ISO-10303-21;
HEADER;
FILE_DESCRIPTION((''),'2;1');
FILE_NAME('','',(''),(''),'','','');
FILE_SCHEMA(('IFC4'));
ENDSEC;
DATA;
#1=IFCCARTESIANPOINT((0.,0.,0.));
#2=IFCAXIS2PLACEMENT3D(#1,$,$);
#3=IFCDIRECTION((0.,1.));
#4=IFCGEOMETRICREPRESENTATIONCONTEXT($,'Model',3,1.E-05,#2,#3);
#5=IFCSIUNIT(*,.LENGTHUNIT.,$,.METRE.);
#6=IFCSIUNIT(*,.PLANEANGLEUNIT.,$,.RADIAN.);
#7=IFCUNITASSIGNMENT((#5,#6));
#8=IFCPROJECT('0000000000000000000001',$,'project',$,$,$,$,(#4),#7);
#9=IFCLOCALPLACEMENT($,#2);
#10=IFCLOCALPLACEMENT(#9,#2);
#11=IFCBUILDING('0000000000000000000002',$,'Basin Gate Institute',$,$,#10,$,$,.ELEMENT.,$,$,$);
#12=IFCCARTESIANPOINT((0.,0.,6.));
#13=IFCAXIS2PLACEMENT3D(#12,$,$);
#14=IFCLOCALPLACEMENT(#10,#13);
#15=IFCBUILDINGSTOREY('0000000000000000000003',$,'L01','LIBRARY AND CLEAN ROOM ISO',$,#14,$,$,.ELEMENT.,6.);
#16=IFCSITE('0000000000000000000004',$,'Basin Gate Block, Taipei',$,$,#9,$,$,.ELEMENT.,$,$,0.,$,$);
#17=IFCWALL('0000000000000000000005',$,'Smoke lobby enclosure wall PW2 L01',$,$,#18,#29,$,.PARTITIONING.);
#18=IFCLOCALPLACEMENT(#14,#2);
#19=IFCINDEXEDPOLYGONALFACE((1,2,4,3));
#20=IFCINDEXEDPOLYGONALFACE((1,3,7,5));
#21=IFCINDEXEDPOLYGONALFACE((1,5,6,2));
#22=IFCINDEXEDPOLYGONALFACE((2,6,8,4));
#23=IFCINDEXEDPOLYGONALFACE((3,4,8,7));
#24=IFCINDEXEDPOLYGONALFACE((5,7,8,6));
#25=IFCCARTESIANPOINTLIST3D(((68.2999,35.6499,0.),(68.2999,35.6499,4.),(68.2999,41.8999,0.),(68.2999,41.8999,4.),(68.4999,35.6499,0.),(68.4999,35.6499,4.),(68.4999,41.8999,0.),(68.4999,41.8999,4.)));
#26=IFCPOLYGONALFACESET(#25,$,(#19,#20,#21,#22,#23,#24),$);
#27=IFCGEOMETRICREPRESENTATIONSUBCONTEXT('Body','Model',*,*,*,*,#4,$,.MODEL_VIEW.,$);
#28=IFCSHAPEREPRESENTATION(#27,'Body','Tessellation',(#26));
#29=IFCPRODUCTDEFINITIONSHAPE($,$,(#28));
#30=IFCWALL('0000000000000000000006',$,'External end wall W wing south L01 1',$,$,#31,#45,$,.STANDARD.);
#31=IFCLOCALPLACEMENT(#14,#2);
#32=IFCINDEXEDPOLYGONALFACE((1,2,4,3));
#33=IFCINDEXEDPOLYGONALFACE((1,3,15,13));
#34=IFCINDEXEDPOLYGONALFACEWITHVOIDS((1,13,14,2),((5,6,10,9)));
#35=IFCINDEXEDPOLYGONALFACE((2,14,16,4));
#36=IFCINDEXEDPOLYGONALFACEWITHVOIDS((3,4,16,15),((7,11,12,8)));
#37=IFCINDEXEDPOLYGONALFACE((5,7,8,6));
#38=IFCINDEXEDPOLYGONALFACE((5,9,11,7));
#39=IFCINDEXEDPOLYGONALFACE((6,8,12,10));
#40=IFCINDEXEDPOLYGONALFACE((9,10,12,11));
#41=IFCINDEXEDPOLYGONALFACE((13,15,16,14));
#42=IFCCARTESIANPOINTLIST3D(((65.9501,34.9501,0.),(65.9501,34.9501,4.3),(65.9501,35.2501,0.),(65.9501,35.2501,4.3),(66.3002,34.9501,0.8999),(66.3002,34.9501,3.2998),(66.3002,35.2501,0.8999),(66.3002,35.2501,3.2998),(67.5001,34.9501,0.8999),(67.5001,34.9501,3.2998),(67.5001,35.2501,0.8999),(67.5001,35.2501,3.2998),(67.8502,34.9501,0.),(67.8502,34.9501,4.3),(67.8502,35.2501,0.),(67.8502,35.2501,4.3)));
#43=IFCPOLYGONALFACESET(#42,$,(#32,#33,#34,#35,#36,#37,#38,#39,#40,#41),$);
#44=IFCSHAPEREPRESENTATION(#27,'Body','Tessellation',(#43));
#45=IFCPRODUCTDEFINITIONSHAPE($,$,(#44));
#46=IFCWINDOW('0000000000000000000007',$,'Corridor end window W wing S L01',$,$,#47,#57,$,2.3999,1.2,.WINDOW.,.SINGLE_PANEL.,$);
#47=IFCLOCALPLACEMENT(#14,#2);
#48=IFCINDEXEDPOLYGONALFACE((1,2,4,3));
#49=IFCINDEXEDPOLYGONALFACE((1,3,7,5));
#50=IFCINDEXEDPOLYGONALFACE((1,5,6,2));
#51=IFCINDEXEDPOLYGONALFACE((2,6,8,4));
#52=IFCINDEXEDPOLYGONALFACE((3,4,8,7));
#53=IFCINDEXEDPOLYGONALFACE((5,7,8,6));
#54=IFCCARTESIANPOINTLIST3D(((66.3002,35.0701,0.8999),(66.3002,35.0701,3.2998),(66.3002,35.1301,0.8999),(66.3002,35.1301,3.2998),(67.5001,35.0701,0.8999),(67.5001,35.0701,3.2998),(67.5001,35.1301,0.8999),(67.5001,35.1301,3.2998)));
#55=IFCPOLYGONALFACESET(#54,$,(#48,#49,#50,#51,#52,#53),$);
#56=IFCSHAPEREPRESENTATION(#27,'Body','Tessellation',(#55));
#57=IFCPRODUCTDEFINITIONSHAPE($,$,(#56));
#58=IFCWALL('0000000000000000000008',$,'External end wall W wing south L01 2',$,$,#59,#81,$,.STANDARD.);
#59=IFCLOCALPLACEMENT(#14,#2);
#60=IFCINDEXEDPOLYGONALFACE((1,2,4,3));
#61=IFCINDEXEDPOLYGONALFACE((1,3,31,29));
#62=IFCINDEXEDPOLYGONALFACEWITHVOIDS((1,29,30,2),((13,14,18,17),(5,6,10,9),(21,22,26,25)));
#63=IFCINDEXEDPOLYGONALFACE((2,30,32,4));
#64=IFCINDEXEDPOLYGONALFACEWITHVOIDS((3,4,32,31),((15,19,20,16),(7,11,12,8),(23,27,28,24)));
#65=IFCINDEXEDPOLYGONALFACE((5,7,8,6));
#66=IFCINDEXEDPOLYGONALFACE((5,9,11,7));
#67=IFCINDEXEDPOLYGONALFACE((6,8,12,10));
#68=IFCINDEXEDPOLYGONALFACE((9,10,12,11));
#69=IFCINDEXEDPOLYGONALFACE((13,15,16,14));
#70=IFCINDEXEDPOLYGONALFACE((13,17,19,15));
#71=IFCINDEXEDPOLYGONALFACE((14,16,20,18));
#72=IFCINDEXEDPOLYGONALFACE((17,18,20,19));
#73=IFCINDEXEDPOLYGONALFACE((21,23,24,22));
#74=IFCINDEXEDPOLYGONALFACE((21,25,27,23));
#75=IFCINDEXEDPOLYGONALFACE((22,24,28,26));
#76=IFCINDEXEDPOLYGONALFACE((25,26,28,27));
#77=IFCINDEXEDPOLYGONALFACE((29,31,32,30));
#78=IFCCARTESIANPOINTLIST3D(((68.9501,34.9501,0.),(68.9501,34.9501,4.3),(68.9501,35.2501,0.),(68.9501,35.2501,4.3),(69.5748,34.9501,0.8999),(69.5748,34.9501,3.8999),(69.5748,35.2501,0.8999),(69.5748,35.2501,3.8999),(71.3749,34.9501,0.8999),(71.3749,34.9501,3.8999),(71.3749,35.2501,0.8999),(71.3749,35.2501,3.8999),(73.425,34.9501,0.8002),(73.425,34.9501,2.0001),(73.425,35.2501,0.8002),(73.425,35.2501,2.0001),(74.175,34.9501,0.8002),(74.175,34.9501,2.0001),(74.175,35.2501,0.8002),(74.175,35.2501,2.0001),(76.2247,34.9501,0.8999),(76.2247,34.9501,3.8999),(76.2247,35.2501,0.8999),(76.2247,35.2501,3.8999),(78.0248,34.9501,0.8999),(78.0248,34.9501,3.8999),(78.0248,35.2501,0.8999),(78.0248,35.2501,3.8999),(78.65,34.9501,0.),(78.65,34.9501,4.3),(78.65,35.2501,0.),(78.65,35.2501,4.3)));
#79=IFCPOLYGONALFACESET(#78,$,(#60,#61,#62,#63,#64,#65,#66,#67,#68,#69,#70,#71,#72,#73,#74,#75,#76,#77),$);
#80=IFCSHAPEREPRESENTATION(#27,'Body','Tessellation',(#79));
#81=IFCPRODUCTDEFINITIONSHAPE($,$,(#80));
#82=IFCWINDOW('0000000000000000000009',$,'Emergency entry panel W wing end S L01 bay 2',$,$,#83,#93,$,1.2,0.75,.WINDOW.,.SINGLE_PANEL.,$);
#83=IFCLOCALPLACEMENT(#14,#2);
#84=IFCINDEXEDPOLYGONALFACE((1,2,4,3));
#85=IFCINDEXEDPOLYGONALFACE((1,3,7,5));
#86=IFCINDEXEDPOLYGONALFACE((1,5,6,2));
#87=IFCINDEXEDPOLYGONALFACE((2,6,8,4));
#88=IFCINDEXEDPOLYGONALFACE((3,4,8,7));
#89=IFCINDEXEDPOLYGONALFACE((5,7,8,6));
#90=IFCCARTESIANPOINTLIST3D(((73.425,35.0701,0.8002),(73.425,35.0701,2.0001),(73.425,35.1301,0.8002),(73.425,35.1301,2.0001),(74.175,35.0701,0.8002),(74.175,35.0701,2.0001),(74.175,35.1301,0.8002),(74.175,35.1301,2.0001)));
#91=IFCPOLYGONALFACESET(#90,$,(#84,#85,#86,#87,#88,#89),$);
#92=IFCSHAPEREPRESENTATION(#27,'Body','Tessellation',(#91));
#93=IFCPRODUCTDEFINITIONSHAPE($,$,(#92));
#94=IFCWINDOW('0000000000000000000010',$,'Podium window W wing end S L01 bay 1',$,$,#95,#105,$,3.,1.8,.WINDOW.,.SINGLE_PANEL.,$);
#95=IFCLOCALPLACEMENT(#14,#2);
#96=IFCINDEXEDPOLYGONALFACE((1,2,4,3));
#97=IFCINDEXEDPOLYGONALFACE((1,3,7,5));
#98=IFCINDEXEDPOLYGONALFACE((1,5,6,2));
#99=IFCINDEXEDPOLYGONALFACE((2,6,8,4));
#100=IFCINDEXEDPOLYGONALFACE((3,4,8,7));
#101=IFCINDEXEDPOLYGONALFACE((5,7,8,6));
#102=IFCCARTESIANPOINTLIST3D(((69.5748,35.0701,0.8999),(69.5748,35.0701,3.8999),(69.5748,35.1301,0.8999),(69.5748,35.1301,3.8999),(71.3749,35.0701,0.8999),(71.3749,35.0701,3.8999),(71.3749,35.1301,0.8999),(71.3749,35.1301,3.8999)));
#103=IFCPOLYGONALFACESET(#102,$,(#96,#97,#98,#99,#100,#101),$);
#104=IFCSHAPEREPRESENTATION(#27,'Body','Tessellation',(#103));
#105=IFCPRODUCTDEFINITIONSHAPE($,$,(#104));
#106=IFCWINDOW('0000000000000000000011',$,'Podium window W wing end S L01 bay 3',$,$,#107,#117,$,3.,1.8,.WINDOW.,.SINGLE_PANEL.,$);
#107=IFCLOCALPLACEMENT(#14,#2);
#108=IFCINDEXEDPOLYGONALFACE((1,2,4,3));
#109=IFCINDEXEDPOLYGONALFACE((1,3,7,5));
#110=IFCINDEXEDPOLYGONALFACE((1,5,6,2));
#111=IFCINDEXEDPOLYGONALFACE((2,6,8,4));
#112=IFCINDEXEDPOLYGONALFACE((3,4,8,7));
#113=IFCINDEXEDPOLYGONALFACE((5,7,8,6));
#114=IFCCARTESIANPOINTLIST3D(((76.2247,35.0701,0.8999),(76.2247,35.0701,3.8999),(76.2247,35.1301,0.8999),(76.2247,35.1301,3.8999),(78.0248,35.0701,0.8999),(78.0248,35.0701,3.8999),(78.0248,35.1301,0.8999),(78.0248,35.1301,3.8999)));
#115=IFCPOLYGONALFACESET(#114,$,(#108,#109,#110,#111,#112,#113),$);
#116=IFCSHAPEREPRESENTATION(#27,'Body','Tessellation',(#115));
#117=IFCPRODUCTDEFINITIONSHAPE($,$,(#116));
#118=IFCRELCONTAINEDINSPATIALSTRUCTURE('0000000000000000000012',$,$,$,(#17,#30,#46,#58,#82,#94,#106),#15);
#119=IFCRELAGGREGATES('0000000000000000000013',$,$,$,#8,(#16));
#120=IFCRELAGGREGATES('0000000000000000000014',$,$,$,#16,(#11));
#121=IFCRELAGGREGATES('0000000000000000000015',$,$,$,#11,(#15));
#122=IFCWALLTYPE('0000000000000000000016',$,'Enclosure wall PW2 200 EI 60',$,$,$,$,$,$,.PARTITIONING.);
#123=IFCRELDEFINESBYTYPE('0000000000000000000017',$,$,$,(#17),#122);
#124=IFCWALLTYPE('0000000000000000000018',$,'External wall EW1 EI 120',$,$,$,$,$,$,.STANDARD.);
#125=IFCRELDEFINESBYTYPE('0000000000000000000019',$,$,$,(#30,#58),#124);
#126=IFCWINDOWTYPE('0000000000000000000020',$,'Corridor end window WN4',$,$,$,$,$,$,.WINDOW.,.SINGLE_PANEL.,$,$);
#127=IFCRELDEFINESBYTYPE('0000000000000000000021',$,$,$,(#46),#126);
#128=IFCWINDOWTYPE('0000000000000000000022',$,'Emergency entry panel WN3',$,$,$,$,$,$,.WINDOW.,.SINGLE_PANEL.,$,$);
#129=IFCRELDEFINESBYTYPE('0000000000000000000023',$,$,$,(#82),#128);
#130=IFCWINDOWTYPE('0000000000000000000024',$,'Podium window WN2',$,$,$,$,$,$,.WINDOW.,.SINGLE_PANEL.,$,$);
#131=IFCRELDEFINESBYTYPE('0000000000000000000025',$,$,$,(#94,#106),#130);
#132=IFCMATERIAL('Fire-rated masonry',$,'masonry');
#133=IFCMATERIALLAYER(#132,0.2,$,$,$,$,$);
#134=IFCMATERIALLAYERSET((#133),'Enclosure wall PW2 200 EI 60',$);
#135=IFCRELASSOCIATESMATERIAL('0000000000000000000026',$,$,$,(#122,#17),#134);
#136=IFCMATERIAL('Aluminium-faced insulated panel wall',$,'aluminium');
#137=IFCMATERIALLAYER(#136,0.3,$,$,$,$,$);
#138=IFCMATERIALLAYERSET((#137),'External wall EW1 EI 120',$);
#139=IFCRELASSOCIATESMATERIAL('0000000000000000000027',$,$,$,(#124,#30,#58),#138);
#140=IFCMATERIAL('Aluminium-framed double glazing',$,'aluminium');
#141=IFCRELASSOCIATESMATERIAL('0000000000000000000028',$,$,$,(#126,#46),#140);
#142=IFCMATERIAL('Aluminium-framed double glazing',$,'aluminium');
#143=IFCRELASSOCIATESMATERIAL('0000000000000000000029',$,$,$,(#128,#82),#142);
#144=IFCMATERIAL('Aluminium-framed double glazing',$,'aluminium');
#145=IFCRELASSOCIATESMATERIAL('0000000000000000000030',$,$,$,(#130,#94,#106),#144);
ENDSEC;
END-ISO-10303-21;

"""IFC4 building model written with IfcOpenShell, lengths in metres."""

from ifc_helpers import new_model, si_unit, direction, frame, frame_2d, origin, place, context, subcontext, project, spatial, rectangle, extrude, material, layer, layer_set, type_object, element, fill, save


model = new_model("IFC4")

# Units and contexts
model_context = context("Model", 3, precision=1e-05, world=origin(), true_north=direction((0.0, 1.0)))
body_context = subcontext(model_context, "Body", "Model", "MODEL_VIEW")
ifc_project = project(units=[si_unit("LENGTHUNIT", "METRE"), si_unit("PLANEANGLEUNIT", "RADIAN")], contexts=[model_context])

# Site, building, storey
site_placement = place(None, origin())
site = spatial("IfcSite", under=ifc_project, at=site_placement, Name="Basin Gate Block, Taipei", CompositionType="ELEMENT", RefElevation=0.0)
building_placement = place(site_placement, origin())
building = spatial("IfcBuilding", under=site, at=building_placement, Name="Basin Gate Institute", CompositionType="ELEMENT")
storey_placement = place(building_placement, frame((0.0, 0.0, 6.0)))
storey = spatial("IfcBuildingStorey", under=building, at=storey_placement, Name="L01", Description="LIBRARY AND CLEAN ROOM ISO", CompositionType="ELEMENT", Elevation=6.0)

# Shared definitions
ifc_material_1 = material(Name="Fire-rated masonry", Category="masonry")
ifc_layer_1 = layer(ifc_material_1, 0.2)
ifc_layer_set_1 = layer_set([ifc_layer_1], Name="Enclosure wall PW2 200 EI 60")
wall_type_1 = type_object("IfcWallType", Name="Enclosure wall PW2 200 EI 60", PredefinedType="PARTITIONING", material=ifc_layer_set_1)

# Wall
wall_1_placement = place(storey_placement, frame((68.3999, 35.6499, 0.0), z_axis=(0.0, 0.0, 1.0), x_axis=(0.0, 1.0, 0.0)))
element("IfcWall", 1, at=wall_1_placement, inside=storey, type_object=wall_type_1, material=ifc_layer_set_1, Name="Smoke lobby enclosure wall PW2 L01", PredefinedType="PARTITIONING", context=body_context, shape_type="SweptSolid", body=[
    extrude(rectangle(XDim=6.25, YDim=0.2, at=frame_2d((3.125, 0.0))), origin(), (0.0, 0.0, 1.0), 4.0),
])

# Wall, opening, window
ifc_material_2 = material(Name="Aluminium-faced insulated panel wall", Category="aluminium")
ifc_layer_2 = layer(ifc_material_2, 0.3)
ifc_layer_set_2 = layer_set([ifc_layer_2], Name="External wall EW1 EI 120")
wall_type_2 = type_object("IfcWallType", Name="External wall EW1 EI 120", PredefinedType="STANDARD", material=ifc_layer_set_2)
wall_2_placement = place(storey_placement, frame((65.95, 35.1001, 0.0), z_axis=(0.0, 0.0, 1.0), x_axis=(1.0, 0.0, 0.0)))
wall_2 = element("IfcWall", 2, at=wall_2_placement, inside=storey, type_object=wall_type_2, material=ifc_layer_set_2, Name="External end wall W wing south L01 1", PredefinedType="STANDARD", context=body_context, shape_type="SweptSolid", body=[
    extrude(rectangle(XDim=1.9001, YDim=0.3, at=frame_2d((0.9502, 0.0))), origin(), (0.0, 0.0, 1.0), 4.3),
])
opening_1_placement = place(wall_2_placement, frame((0.3501, 0.0, 0.8999)))
opening_1 = element("IfcOpeningElement", 3, at=opening_1_placement, cuts=wall_2, PredefinedType="OPENING", context=body_context, shape_type="SweptSolid", body=[
    extrude(rectangle(XDim=1.2, YDim=2.3999, at=frame_2d((0.6001, 1.2))), frame((0.0, 0.1602, 0.0), z_axis=(0.0, -1.0, 0.0), x_axis=(1.0, 0.0, 0.0)), (0.0, 0.0, 1.0), 0.3201),
])
ifc_material_3 = material(Name="Aluminium-framed double glazing", Category="aluminium")
window_type_1 = type_object("IfcWindowType", Name="Corridor end window WN4", PartitioningType="SINGLE_PANEL", PredefinedType="WINDOW", material=ifc_material_3)
window_1_placement = place(opening_1_placement, origin())
window_1 = element("IfcWindow", 4, at=window_1_placement, inside=storey, type_object=window_type_1, material=ifc_material_3, Name="Corridor end window W wing S L01", OverallHeight=2.3999, OverallWidth=1.2, PartitioningType="SINGLE_PANEL", PredefinedType="WINDOW", context=body_context, shape_type="SweptSolid", body=[
    extrude(rectangle(XDim=1.2, YDim=2.3999, at=frame_2d((0.6001, 1.2))), frame((0.0, 0.03, 0.0), z_axis=(0.0, -1.0, 0.0), x_axis=(1.0, 0.0, 0.0)), (0.0, 0.0, 1.0), 0.0601),
])
fill(opening_1, window_1)

# Wall, openings, windows
wall_3_placement = place(storey_placement, frame((68.95, 35.1001, 0.0), z_axis=(0.0, 0.0, 1.0), x_axis=(1.0, 0.0, 0.0)))
wall_3 = element("IfcWall", 5, at=wall_3_placement, inside=storey, type_object=wall_type_2, material=ifc_layer_set_2, Name="External end wall W wing south L01 2", PredefinedType="STANDARD", context=body_context, shape_type="SweptSolid", body=[
    extrude(rectangle(XDim=9.7, YDim=0.3, at=frame_2d((4.8501, 0.0))), origin(), (0.0, 0.0, 1.0), 4.3),
])
opening_2_placement = place(wall_3_placement, frame((0.625, 0.0, 0.8999)))
opening_2 = element("IfcOpeningElement", 6, at=opening_2_placement, cuts=wall_3, PredefinedType="OPENING", context=body_context, shape_type="SweptSolid", body=[
    extrude(rectangle(XDim=1.8, YDim=3.0, at=frame_2d((0.8999, 1.5))), frame((0.0, 0.1602, 0.0), z_axis=(0.0, -1.0, 0.0), x_axis=(1.0, 0.0, 0.0)), (0.0, 0.0, 1.0), 0.3201),
])
opening_3_placement = place(wall_3_placement, frame((4.4751, 0.0, 0.8)))
opening_3 = element("IfcOpeningElement", 7, at=opening_3_placement, cuts=wall_3, PredefinedType="OPENING", context=body_context, shape_type="SweptSolid", body=[
    extrude(rectangle(XDim=0.75, YDim=1.2, at=frame_2d((0.375, 0.6001))), frame((0.0, 0.1602, 0.0), z_axis=(0.0, -1.0, 0.0), x_axis=(1.0, 0.0, 0.0)), (0.0, 0.0, 1.0), 0.3201),
])
opening_4_placement = place(wall_3_placement, frame((7.2749, 0.0, 0.8999)))
opening_4 = element("IfcOpeningElement", 8, at=opening_4_placement, cuts=wall_3, PredefinedType="OPENING", context=body_context, shape_type="SweptSolid", body=[
    extrude(rectangle(XDim=1.8, YDim=3.0, at=frame_2d((0.8999, 1.5))), frame((0.0, 0.1602, 0.0), z_axis=(0.0, -1.0, 0.0), x_axis=(1.0, 0.0, 0.0)), (0.0, 0.0, 1.0), 0.3201),
])
ifc_material_4 = material(Name="Aluminium-framed double glazing", Category="aluminium")
window_type_2 = type_object("IfcWindowType", Name="Emergency entry panel WN3", PartitioningType="SINGLE_PANEL", PredefinedType="WINDOW", material=ifc_material_4)
window_2_placement = place(opening_3_placement, origin())
window_2 = element("IfcWindow", 9, at=window_2_placement, inside=storey, type_object=window_type_2, material=ifc_material_4, Name="Emergency entry panel W wing end S L01 bay 2", OverallHeight=1.2, OverallWidth=0.75, PartitioningType="SINGLE_PANEL", PredefinedType="WINDOW", context=body_context, shape_type="SweptSolid", body=[
    extrude(rectangle(XDim=0.75, YDim=1.2, at=frame_2d((0.375, 0.6001))), frame((0.0, 0.03, 0.0), z_axis=(0.0, -1.0, 0.0), x_axis=(1.0, 0.0, 0.0)), (0.0, 0.0, 1.0), 0.0601),
])
fill(opening_3, window_2)
ifc_material_5 = material(Name="Aluminium-framed double glazing", Category="aluminium")
window_type_3 = type_object("IfcWindowType", Name="Podium window WN2", PartitioningType="SINGLE_PANEL", PredefinedType="WINDOW", material=ifc_material_5)
window_3_placement = place(opening_2_placement, origin())
window_3 = element("IfcWindow", 10, at=window_3_placement, inside=storey, type_object=window_type_3, material=ifc_material_5, Name="Podium window W wing end S L01 bay 1", OverallHeight=3.0, OverallWidth=1.8, PartitioningType="SINGLE_PANEL", PredefinedType="WINDOW", context=body_context, shape_type="SweptSolid", body=[
    extrude(rectangle(XDim=1.8, YDim=3.0, at=frame_2d((0.8999, 1.5))), frame((0.0, 0.03, 0.0), z_axis=(0.0, -1.0, 0.0), x_axis=(1.0, 0.0, 0.0)), (0.0, 0.0, 1.0), 0.0601),
])
fill(opening_2, window_3)
window_4_placement = place(opening_4_placement, origin())
window_4 = element("IfcWindow", 11, at=window_4_placement, inside=storey, type_object=window_type_3, material=ifc_material_5, Name="Podium window W wing end S L01 bay 3", OverallHeight=3.0, OverallWidth=1.8, PartitioningType="SINGLE_PANEL", PredefinedType="WINDOW", context=body_context, shape_type="SweptSolid", body=[
    extrude(rectangle(XDim=1.8, YDim=3.0, at=frame_2d((0.8999, 1.5))), frame((0.0, 0.03, 0.0), z_axis=(0.0, -1.0, 0.0), x_axis=(1.0, 0.0, 0.0)), (0.0, 0.0, 1.0), 0.0601),
])
fill(opening_4, window_4)

save(model, "model.ifc")
